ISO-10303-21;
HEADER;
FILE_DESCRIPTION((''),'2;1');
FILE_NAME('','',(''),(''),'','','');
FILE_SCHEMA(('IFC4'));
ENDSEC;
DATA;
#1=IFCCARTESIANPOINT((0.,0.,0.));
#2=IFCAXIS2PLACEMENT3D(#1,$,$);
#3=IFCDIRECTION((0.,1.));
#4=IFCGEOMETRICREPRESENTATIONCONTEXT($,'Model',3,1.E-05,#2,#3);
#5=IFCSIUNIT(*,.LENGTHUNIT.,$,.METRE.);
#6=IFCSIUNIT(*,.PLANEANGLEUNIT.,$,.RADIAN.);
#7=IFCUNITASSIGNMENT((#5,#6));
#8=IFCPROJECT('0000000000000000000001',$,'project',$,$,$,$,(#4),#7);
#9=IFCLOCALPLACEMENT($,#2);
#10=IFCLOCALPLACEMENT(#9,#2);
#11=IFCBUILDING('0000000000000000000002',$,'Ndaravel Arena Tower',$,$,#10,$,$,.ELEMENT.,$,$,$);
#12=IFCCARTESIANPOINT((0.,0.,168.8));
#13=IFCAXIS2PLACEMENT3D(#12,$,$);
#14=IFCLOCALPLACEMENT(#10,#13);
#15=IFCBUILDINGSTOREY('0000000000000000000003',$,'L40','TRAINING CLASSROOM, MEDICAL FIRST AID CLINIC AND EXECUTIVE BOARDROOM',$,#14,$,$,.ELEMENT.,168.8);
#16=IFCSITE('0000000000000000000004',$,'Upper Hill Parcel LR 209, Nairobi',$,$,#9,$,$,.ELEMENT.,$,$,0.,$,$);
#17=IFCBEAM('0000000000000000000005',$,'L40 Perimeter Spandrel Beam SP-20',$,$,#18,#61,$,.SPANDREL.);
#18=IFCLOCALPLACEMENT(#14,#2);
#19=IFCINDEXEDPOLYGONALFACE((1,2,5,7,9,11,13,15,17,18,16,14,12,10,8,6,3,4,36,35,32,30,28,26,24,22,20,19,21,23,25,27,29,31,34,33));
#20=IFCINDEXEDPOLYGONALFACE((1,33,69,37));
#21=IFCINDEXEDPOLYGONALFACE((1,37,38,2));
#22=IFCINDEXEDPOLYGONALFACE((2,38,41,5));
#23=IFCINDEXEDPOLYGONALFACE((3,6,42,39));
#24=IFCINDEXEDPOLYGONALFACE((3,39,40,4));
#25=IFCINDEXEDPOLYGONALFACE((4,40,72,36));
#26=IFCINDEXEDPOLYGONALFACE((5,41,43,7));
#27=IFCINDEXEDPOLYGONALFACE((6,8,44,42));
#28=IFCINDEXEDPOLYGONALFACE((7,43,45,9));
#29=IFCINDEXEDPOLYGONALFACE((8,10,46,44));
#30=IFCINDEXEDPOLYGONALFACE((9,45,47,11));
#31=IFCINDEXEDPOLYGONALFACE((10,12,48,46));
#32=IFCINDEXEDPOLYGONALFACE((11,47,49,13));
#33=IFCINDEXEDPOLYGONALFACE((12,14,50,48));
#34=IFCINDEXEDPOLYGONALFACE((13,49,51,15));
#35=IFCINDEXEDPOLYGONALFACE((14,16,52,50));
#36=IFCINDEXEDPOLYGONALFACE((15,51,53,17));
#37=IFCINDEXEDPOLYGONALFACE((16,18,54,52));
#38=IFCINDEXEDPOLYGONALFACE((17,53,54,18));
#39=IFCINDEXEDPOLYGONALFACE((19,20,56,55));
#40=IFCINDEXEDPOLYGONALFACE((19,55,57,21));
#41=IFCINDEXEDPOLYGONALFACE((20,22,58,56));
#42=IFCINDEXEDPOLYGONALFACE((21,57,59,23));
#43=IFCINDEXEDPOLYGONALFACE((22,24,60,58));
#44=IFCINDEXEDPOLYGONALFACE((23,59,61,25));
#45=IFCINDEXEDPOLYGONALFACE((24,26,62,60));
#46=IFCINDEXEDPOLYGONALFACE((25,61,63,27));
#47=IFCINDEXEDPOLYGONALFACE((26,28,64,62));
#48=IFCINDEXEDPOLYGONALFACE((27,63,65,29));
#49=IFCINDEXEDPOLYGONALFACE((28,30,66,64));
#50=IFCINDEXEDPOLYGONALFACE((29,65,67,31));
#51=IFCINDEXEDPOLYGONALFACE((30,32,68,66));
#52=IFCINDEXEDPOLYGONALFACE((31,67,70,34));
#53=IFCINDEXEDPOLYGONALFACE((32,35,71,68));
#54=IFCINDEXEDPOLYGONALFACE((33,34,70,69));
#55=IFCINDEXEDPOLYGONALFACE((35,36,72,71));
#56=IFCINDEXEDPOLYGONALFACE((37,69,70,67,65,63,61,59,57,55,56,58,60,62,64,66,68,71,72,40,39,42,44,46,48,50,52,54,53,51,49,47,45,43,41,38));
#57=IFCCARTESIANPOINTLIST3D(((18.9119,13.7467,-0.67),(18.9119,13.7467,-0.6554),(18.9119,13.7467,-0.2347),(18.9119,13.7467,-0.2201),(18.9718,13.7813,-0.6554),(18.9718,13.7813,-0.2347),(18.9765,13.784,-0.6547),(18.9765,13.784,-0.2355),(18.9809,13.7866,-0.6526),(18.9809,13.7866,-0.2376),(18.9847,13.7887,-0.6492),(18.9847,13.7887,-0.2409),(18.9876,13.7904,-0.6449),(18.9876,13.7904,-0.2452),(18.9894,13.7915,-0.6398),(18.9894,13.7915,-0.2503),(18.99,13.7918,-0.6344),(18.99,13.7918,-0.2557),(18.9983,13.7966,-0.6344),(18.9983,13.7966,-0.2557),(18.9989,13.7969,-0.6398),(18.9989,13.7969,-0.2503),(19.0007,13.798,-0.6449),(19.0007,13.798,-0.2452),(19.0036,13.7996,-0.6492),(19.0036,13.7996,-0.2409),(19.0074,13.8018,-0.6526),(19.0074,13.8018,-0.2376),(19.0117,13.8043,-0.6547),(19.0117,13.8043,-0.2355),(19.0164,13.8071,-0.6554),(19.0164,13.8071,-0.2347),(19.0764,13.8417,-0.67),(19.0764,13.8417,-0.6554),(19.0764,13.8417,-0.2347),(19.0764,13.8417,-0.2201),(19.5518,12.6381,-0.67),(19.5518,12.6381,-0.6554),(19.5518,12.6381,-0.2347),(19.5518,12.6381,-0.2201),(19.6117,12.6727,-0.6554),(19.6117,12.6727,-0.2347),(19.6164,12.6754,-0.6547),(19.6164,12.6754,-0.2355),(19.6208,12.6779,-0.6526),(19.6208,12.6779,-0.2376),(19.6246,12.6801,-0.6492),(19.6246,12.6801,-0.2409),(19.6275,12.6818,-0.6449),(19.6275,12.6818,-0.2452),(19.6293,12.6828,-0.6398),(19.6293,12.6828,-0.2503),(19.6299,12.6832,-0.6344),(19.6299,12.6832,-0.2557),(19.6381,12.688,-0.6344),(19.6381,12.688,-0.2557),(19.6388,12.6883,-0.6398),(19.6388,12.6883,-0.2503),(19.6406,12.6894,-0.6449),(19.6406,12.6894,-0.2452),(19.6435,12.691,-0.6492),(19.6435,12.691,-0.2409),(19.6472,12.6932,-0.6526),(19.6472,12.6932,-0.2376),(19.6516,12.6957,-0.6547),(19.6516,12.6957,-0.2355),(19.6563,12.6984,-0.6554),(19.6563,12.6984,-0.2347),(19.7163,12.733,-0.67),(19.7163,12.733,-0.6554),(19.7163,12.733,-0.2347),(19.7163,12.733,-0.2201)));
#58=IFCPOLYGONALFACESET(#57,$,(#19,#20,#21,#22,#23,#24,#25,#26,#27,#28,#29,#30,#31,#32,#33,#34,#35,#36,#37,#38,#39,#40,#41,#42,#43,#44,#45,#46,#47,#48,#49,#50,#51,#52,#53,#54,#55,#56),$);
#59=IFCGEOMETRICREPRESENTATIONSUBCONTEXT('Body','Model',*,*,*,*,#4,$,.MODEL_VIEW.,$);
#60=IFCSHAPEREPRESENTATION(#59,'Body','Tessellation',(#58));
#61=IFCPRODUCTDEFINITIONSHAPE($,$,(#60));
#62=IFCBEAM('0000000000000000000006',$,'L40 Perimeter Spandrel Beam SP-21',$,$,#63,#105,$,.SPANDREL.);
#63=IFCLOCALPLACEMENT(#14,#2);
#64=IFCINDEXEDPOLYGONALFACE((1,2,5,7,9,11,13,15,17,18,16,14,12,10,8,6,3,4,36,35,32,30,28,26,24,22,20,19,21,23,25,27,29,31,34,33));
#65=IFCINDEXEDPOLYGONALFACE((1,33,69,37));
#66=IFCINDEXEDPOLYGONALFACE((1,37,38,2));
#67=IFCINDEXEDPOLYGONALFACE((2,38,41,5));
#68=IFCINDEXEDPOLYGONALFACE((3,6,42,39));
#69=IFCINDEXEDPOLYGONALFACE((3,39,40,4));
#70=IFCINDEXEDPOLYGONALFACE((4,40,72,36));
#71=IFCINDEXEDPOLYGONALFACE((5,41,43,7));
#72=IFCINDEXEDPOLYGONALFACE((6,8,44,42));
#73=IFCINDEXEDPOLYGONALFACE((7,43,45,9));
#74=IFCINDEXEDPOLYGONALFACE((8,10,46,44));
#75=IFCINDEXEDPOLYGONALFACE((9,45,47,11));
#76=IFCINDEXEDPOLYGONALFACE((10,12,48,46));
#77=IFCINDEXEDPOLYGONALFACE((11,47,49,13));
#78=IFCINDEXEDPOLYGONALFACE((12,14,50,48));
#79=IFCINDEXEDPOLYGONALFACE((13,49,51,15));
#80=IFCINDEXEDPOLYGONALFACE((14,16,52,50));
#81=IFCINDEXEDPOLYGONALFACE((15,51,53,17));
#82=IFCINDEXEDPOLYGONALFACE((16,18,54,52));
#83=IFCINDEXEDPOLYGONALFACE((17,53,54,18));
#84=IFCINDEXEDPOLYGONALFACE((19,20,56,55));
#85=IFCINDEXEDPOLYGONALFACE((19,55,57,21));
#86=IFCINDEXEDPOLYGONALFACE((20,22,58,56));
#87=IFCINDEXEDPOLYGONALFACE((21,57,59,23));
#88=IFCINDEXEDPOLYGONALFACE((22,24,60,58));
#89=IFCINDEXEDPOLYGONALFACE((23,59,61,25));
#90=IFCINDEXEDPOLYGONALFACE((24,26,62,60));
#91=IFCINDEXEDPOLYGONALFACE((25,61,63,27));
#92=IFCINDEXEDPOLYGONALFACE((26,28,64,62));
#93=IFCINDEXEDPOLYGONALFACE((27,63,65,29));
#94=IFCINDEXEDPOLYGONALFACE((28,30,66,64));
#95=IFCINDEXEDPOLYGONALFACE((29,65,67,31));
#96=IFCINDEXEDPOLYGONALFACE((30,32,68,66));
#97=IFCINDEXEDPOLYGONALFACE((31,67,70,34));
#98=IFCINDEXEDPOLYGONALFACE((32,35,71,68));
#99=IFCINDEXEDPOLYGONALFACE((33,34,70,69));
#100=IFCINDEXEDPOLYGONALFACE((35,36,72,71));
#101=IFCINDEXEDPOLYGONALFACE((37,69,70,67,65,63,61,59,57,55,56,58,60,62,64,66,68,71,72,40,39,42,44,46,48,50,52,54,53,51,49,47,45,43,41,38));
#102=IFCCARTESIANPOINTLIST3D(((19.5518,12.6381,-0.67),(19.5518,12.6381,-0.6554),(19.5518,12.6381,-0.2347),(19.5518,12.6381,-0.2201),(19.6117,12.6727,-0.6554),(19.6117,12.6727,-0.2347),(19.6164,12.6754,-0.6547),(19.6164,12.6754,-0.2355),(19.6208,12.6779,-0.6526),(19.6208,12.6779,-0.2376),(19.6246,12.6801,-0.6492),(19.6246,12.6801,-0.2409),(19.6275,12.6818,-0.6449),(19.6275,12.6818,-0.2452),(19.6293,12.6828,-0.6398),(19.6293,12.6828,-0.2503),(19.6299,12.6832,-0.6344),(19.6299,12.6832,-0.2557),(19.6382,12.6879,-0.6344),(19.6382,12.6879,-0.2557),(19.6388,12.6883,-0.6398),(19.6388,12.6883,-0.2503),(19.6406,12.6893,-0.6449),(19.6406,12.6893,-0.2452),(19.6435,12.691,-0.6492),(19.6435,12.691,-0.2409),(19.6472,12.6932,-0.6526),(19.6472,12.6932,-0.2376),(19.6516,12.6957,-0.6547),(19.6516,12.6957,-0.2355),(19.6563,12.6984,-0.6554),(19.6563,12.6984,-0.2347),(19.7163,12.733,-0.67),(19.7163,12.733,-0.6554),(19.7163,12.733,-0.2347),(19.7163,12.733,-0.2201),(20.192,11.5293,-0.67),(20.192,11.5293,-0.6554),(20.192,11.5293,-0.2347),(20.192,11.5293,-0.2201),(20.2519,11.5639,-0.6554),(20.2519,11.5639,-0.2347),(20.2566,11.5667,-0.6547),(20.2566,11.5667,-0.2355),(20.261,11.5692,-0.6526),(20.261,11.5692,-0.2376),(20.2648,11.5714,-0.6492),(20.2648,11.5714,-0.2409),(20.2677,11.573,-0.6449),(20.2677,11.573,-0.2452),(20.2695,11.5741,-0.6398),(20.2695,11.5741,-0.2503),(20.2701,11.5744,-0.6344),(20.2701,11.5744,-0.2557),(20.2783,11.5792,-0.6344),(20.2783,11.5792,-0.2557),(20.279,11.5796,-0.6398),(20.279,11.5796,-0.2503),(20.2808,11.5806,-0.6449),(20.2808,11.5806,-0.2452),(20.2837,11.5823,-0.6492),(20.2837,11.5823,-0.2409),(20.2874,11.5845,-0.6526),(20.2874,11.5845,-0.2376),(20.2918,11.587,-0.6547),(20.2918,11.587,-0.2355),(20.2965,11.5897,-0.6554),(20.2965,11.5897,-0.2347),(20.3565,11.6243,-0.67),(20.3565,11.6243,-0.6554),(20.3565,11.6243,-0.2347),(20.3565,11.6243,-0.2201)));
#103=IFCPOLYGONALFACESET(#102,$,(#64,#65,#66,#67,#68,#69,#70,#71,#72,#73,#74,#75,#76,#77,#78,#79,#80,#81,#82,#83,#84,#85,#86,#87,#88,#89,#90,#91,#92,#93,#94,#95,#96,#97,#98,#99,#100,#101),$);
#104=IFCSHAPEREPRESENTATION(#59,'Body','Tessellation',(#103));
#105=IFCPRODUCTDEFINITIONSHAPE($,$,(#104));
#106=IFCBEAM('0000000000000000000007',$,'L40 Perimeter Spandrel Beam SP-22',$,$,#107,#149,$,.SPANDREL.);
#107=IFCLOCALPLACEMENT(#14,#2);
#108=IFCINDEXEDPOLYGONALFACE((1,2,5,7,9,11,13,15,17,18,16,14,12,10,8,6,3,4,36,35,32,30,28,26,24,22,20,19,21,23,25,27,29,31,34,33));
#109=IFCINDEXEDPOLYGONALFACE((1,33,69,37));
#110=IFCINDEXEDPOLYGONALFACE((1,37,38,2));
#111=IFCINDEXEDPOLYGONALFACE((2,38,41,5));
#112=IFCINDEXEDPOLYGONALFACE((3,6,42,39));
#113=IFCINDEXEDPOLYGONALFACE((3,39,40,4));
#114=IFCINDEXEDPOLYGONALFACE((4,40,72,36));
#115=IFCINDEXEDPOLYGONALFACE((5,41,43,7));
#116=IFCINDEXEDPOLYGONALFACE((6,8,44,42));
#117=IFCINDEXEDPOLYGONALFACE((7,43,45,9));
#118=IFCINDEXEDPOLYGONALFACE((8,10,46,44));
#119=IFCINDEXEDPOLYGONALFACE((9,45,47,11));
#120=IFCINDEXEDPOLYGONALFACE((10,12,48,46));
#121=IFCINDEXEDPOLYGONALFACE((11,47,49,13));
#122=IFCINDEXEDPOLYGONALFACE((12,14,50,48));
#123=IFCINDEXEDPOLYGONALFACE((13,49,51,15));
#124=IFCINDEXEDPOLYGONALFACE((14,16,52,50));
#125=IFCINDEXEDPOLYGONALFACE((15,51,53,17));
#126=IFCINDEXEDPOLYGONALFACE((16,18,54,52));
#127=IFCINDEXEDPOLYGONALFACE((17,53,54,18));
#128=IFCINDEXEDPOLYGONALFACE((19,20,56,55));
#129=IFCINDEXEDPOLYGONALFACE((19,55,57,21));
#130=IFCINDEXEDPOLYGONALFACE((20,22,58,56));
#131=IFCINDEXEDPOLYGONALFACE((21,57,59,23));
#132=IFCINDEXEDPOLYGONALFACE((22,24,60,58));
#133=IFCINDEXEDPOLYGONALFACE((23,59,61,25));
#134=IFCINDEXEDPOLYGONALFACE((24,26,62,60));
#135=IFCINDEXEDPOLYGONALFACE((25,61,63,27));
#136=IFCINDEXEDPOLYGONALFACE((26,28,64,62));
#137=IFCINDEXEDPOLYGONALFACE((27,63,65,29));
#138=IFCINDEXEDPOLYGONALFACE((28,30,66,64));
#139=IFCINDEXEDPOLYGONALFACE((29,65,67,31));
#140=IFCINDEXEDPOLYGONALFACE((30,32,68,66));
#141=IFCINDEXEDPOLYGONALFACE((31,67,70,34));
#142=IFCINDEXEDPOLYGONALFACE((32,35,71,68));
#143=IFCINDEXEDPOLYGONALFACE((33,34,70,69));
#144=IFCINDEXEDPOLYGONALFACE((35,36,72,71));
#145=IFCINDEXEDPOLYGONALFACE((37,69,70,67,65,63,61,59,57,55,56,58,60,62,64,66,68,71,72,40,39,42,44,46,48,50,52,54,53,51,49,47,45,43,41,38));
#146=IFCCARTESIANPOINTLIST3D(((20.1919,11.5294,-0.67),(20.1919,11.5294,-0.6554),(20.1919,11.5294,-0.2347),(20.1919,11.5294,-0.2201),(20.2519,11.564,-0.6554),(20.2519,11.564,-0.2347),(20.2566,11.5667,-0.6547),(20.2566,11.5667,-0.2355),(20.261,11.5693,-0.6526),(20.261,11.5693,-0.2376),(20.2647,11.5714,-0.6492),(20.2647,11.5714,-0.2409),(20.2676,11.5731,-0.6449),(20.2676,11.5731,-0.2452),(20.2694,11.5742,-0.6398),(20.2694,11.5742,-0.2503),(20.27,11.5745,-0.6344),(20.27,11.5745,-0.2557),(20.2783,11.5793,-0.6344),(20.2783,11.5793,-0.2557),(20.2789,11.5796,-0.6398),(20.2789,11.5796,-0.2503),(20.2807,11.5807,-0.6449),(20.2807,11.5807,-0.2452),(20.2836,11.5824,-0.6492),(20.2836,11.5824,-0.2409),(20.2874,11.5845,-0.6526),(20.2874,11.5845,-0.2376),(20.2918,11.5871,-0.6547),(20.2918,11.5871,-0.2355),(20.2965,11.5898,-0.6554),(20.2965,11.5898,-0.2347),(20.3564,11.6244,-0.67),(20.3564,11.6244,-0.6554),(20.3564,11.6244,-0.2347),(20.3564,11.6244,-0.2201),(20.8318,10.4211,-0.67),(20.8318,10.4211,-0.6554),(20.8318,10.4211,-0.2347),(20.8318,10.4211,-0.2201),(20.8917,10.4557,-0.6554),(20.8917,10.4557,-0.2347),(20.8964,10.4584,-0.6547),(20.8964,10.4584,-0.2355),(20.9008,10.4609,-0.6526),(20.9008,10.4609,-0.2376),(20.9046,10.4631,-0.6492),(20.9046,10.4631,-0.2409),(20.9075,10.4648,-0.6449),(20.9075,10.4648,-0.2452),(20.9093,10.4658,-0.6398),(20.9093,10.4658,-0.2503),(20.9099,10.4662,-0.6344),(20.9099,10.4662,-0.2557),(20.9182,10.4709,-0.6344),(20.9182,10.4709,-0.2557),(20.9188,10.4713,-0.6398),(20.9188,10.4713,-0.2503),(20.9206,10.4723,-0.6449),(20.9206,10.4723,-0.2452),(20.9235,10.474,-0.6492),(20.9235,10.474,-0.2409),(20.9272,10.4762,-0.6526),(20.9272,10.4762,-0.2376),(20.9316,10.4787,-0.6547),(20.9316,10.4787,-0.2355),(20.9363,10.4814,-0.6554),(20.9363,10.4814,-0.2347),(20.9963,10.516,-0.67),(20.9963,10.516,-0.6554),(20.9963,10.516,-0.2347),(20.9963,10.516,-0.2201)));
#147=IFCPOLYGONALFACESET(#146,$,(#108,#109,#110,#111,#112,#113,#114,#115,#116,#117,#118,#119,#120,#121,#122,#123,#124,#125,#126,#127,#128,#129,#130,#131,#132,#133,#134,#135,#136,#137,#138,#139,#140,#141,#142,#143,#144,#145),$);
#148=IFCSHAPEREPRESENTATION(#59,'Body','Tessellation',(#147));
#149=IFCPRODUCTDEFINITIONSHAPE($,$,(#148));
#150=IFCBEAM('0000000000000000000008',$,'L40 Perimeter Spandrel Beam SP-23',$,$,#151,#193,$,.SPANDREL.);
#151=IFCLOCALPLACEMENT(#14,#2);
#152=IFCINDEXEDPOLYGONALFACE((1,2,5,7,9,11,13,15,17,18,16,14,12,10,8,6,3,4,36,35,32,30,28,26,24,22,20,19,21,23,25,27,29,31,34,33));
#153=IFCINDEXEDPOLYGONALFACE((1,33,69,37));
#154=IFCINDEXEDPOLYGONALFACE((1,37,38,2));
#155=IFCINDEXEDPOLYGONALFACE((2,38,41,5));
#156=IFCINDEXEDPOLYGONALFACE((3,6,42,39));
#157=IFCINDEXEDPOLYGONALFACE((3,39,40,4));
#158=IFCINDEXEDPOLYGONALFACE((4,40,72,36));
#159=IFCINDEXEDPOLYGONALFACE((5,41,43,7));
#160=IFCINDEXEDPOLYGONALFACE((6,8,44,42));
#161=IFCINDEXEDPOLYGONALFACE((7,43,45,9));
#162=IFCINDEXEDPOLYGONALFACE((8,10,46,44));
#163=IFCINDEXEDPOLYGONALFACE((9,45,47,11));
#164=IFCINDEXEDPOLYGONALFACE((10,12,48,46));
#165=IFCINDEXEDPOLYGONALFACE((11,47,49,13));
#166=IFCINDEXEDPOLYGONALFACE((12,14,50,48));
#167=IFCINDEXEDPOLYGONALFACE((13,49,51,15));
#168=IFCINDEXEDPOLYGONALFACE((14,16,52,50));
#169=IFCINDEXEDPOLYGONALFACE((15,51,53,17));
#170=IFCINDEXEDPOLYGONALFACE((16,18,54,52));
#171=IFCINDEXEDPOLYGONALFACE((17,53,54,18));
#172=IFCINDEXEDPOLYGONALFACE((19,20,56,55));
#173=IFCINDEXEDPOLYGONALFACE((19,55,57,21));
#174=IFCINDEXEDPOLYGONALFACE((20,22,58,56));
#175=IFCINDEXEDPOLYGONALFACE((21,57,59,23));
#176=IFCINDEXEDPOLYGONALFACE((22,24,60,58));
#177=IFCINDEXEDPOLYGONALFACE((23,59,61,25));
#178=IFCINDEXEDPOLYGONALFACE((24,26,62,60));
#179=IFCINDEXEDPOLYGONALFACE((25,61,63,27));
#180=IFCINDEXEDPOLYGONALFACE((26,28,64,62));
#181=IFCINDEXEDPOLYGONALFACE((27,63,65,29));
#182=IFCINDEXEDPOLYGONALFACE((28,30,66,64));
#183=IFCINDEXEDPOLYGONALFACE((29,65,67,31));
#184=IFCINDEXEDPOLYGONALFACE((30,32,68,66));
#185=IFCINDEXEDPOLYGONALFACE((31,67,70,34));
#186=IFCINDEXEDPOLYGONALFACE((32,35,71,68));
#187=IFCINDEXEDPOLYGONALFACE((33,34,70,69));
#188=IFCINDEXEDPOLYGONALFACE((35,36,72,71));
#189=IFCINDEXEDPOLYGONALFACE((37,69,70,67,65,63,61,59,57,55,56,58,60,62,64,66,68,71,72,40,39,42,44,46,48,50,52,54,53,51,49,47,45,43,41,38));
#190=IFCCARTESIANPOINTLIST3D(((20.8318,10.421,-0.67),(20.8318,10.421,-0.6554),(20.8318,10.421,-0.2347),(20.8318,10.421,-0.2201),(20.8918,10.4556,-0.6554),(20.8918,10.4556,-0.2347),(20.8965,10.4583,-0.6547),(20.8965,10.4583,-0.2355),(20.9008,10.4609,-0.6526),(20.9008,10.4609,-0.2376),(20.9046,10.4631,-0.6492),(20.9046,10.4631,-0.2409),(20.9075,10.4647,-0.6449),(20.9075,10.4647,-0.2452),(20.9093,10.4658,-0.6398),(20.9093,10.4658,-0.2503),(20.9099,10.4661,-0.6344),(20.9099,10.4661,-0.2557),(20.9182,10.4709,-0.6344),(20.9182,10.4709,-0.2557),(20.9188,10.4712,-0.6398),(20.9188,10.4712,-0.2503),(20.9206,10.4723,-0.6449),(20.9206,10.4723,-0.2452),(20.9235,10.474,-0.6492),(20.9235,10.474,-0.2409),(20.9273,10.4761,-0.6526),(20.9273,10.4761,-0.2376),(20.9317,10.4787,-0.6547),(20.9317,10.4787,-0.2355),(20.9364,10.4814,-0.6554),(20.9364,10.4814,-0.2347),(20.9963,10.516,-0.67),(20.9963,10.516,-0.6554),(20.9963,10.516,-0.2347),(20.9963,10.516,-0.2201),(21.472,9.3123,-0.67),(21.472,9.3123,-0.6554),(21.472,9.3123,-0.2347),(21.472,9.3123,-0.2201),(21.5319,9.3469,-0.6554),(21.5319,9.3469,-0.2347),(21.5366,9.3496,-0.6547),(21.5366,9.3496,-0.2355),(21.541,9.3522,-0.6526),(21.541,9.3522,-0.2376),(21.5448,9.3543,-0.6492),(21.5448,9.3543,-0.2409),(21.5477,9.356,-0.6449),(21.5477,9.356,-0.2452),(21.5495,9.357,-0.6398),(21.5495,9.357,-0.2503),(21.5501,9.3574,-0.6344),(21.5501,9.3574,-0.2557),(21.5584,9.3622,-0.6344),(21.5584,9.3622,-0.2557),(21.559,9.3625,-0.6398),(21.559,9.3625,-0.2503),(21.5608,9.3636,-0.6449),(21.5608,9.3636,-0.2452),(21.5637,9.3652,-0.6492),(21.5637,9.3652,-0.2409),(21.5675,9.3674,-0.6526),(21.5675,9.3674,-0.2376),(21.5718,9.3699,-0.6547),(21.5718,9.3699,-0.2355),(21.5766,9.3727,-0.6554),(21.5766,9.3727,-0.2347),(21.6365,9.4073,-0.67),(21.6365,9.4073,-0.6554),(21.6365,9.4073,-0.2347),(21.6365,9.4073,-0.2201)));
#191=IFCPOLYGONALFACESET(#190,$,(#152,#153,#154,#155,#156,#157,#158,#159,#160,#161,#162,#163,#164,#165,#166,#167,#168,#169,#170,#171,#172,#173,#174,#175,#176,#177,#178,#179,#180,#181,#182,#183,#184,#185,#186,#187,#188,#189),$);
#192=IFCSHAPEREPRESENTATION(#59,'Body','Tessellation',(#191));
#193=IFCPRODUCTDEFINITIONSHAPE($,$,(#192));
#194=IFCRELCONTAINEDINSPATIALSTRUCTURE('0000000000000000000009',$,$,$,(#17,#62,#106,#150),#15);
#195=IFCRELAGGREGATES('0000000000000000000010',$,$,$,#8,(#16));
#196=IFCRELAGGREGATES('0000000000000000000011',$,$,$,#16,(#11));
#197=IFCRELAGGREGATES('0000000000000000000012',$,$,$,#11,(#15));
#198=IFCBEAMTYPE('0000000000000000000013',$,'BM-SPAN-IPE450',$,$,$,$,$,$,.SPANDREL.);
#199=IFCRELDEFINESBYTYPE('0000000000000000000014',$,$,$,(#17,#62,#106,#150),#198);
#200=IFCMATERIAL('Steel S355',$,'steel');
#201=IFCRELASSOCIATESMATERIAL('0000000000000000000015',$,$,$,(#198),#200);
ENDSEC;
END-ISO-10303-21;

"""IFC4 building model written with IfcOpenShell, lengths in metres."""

from ifc_helpers import new_model, si_unit, direction, frame, origin, origin_2d, place, context, subcontext, project, spatial, i_section, extrude, material, material_profile, profile_set, type_object, element, save


model = new_model("IFC4")

# Units and contexts
model_context = context("Model", 3, precision=1e-05, world=origin(), true_north=direction((0.0, 1.0)))
body_context = subcontext(model_context, "Body", "Model", "MODEL_VIEW")
ifc_project = project(units=[si_unit("LENGTHUNIT", "METRE"), si_unit("PLANEANGLEUNIT", "RADIAN")], contexts=[model_context])

# Site, building, storey
site_placement = place(None, origin())
site = spatial("IfcSite", under=ifc_project, at=site_placement, Name="Upper Hill Parcel LR 209, Nairobi", CompositionType="ELEMENT", RefElevation=0.0)
building_placement = place(site_placement, origin())
building = spatial("IfcBuilding", under=site, at=building_placement, Name="Ndaravel Arena Tower", CompositionType="ELEMENT")
storey_placement = place(building_placement, frame((0.0, 0.0, 168.8)))
storey = spatial("IfcBuildingStorey", under=building, at=storey_placement, Name="L40", Description="TRAINING CLASSROOM, MEDICAL FIRST AID CLINIC AND EXECUTIVE BOARDROOM", CompositionType="ELEMENT", Elevation=168.8)

# Beams
ifc_material_1 = material(Name="Steel S355", Category="steel")
ifc_material_profile_1 = material_profile(ifc_material_1, i_section(OverallWidth=0.1899, OverallDepth=0.45, WebThickness=0.0095, FlangeThickness=0.0146, FilletRadius=0.021, at=origin_2d()), Name="IPE 450")
ifc_profile_set_1 = profile_set([ifc_material_profile_1], Name="Steel S355")
beam_type = type_object("IfcBeamType", Name="BM-SPAN-IPE450", PredefinedType="SPANDREL", material=ifc_profile_set_1)
beam_1_placement = place(storey_placement, frame((18.9941, 13.7942, -0.4451), z_axis=(0.499893, -0.866087, 0.0), x_axis=(0.866087, 0.499893, 0.0)))
element("IfcBeam", 1, at=beam_1_placement, inside=storey, type_object=beam_type, Name="L40 Perimeter Spandrel Beam SP-20", PredefinedType="SPANDREL", context=body_context, shape_type="SweptSolid", body=[
    extrude(i_section(OverallWidth=0.1899, OverallDepth=0.45, WebThickness=0.0095, FlangeThickness=0.0146, FilletRadius=0.021, at=origin_2d()), origin(), (0.0, 0.0, 1.0), 1.28),
])
beam_2_placement = place(storey_placement, frame((19.634, 12.6855, -0.4451), z_axis=(0.500036, -0.866005, 0.0), x_axis=(0.866005, 0.500036, 0.0)))
element("IfcBeam", 2, at=beam_2_placement, inside=storey, type_object=beam_type, Name="L40 Perimeter Spandrel Beam SP-21", PredefinedType="SPANDREL", context=body_context, shape_type="SweptSolid", body=[
    extrude(i_section(OverallWidth=0.1899, OverallDepth=0.45, WebThickness=0.0095, FlangeThickness=0.0146, FilletRadius=0.021, at=origin_2d()), origin(), (0.0, 0.0, 1.0), 1.2803),
])
beam_3_placement = place(storey_placement, frame((20.2742, 11.5769, -0.4451), z_axis=(0.499976, -0.866039, 0.0), x_axis=(0.866039, 0.499976, 0.0)))
element("IfcBeam", 3, at=beam_3_placement, inside=storey, type_object=beam_type, Name="L40 Perimeter Spandrel Beam SP-22", PredefinedType="SPANDREL", context=body_context, shape_type="SweptSolid", body=[
    extrude(i_section(OverallWidth=0.1899, OverallDepth=0.45, WebThickness=0.0095, FlangeThickness=0.0146, FilletRadius=0.021, at=origin_2d()), origin(), (0.0, 0.0, 1.0), 1.2798),
])
beam_4_placement = place(storey_placement, frame((20.9141, 10.4685, -0.4451), z_axis=(0.500036, -0.866005, 0.0), x_axis=(0.866005, 0.500036, 0.0)))
element("IfcBeam", 4, at=beam_4_placement, inside=storey, type_object=beam_type, Name="L40 Perimeter Spandrel Beam SP-23", PredefinedType="SPANDREL", context=body_context, shape_type="SweptSolid", body=[
    extrude(i_section(OverallWidth=0.1899, OverallDepth=0.45, WebThickness=0.0095, FlangeThickness=0.0146, FilletRadius=0.021, at=origin_2d()), origin(), (0.0, 0.0, 1.0), 1.2803),
])

save(model, "model.ifc")
